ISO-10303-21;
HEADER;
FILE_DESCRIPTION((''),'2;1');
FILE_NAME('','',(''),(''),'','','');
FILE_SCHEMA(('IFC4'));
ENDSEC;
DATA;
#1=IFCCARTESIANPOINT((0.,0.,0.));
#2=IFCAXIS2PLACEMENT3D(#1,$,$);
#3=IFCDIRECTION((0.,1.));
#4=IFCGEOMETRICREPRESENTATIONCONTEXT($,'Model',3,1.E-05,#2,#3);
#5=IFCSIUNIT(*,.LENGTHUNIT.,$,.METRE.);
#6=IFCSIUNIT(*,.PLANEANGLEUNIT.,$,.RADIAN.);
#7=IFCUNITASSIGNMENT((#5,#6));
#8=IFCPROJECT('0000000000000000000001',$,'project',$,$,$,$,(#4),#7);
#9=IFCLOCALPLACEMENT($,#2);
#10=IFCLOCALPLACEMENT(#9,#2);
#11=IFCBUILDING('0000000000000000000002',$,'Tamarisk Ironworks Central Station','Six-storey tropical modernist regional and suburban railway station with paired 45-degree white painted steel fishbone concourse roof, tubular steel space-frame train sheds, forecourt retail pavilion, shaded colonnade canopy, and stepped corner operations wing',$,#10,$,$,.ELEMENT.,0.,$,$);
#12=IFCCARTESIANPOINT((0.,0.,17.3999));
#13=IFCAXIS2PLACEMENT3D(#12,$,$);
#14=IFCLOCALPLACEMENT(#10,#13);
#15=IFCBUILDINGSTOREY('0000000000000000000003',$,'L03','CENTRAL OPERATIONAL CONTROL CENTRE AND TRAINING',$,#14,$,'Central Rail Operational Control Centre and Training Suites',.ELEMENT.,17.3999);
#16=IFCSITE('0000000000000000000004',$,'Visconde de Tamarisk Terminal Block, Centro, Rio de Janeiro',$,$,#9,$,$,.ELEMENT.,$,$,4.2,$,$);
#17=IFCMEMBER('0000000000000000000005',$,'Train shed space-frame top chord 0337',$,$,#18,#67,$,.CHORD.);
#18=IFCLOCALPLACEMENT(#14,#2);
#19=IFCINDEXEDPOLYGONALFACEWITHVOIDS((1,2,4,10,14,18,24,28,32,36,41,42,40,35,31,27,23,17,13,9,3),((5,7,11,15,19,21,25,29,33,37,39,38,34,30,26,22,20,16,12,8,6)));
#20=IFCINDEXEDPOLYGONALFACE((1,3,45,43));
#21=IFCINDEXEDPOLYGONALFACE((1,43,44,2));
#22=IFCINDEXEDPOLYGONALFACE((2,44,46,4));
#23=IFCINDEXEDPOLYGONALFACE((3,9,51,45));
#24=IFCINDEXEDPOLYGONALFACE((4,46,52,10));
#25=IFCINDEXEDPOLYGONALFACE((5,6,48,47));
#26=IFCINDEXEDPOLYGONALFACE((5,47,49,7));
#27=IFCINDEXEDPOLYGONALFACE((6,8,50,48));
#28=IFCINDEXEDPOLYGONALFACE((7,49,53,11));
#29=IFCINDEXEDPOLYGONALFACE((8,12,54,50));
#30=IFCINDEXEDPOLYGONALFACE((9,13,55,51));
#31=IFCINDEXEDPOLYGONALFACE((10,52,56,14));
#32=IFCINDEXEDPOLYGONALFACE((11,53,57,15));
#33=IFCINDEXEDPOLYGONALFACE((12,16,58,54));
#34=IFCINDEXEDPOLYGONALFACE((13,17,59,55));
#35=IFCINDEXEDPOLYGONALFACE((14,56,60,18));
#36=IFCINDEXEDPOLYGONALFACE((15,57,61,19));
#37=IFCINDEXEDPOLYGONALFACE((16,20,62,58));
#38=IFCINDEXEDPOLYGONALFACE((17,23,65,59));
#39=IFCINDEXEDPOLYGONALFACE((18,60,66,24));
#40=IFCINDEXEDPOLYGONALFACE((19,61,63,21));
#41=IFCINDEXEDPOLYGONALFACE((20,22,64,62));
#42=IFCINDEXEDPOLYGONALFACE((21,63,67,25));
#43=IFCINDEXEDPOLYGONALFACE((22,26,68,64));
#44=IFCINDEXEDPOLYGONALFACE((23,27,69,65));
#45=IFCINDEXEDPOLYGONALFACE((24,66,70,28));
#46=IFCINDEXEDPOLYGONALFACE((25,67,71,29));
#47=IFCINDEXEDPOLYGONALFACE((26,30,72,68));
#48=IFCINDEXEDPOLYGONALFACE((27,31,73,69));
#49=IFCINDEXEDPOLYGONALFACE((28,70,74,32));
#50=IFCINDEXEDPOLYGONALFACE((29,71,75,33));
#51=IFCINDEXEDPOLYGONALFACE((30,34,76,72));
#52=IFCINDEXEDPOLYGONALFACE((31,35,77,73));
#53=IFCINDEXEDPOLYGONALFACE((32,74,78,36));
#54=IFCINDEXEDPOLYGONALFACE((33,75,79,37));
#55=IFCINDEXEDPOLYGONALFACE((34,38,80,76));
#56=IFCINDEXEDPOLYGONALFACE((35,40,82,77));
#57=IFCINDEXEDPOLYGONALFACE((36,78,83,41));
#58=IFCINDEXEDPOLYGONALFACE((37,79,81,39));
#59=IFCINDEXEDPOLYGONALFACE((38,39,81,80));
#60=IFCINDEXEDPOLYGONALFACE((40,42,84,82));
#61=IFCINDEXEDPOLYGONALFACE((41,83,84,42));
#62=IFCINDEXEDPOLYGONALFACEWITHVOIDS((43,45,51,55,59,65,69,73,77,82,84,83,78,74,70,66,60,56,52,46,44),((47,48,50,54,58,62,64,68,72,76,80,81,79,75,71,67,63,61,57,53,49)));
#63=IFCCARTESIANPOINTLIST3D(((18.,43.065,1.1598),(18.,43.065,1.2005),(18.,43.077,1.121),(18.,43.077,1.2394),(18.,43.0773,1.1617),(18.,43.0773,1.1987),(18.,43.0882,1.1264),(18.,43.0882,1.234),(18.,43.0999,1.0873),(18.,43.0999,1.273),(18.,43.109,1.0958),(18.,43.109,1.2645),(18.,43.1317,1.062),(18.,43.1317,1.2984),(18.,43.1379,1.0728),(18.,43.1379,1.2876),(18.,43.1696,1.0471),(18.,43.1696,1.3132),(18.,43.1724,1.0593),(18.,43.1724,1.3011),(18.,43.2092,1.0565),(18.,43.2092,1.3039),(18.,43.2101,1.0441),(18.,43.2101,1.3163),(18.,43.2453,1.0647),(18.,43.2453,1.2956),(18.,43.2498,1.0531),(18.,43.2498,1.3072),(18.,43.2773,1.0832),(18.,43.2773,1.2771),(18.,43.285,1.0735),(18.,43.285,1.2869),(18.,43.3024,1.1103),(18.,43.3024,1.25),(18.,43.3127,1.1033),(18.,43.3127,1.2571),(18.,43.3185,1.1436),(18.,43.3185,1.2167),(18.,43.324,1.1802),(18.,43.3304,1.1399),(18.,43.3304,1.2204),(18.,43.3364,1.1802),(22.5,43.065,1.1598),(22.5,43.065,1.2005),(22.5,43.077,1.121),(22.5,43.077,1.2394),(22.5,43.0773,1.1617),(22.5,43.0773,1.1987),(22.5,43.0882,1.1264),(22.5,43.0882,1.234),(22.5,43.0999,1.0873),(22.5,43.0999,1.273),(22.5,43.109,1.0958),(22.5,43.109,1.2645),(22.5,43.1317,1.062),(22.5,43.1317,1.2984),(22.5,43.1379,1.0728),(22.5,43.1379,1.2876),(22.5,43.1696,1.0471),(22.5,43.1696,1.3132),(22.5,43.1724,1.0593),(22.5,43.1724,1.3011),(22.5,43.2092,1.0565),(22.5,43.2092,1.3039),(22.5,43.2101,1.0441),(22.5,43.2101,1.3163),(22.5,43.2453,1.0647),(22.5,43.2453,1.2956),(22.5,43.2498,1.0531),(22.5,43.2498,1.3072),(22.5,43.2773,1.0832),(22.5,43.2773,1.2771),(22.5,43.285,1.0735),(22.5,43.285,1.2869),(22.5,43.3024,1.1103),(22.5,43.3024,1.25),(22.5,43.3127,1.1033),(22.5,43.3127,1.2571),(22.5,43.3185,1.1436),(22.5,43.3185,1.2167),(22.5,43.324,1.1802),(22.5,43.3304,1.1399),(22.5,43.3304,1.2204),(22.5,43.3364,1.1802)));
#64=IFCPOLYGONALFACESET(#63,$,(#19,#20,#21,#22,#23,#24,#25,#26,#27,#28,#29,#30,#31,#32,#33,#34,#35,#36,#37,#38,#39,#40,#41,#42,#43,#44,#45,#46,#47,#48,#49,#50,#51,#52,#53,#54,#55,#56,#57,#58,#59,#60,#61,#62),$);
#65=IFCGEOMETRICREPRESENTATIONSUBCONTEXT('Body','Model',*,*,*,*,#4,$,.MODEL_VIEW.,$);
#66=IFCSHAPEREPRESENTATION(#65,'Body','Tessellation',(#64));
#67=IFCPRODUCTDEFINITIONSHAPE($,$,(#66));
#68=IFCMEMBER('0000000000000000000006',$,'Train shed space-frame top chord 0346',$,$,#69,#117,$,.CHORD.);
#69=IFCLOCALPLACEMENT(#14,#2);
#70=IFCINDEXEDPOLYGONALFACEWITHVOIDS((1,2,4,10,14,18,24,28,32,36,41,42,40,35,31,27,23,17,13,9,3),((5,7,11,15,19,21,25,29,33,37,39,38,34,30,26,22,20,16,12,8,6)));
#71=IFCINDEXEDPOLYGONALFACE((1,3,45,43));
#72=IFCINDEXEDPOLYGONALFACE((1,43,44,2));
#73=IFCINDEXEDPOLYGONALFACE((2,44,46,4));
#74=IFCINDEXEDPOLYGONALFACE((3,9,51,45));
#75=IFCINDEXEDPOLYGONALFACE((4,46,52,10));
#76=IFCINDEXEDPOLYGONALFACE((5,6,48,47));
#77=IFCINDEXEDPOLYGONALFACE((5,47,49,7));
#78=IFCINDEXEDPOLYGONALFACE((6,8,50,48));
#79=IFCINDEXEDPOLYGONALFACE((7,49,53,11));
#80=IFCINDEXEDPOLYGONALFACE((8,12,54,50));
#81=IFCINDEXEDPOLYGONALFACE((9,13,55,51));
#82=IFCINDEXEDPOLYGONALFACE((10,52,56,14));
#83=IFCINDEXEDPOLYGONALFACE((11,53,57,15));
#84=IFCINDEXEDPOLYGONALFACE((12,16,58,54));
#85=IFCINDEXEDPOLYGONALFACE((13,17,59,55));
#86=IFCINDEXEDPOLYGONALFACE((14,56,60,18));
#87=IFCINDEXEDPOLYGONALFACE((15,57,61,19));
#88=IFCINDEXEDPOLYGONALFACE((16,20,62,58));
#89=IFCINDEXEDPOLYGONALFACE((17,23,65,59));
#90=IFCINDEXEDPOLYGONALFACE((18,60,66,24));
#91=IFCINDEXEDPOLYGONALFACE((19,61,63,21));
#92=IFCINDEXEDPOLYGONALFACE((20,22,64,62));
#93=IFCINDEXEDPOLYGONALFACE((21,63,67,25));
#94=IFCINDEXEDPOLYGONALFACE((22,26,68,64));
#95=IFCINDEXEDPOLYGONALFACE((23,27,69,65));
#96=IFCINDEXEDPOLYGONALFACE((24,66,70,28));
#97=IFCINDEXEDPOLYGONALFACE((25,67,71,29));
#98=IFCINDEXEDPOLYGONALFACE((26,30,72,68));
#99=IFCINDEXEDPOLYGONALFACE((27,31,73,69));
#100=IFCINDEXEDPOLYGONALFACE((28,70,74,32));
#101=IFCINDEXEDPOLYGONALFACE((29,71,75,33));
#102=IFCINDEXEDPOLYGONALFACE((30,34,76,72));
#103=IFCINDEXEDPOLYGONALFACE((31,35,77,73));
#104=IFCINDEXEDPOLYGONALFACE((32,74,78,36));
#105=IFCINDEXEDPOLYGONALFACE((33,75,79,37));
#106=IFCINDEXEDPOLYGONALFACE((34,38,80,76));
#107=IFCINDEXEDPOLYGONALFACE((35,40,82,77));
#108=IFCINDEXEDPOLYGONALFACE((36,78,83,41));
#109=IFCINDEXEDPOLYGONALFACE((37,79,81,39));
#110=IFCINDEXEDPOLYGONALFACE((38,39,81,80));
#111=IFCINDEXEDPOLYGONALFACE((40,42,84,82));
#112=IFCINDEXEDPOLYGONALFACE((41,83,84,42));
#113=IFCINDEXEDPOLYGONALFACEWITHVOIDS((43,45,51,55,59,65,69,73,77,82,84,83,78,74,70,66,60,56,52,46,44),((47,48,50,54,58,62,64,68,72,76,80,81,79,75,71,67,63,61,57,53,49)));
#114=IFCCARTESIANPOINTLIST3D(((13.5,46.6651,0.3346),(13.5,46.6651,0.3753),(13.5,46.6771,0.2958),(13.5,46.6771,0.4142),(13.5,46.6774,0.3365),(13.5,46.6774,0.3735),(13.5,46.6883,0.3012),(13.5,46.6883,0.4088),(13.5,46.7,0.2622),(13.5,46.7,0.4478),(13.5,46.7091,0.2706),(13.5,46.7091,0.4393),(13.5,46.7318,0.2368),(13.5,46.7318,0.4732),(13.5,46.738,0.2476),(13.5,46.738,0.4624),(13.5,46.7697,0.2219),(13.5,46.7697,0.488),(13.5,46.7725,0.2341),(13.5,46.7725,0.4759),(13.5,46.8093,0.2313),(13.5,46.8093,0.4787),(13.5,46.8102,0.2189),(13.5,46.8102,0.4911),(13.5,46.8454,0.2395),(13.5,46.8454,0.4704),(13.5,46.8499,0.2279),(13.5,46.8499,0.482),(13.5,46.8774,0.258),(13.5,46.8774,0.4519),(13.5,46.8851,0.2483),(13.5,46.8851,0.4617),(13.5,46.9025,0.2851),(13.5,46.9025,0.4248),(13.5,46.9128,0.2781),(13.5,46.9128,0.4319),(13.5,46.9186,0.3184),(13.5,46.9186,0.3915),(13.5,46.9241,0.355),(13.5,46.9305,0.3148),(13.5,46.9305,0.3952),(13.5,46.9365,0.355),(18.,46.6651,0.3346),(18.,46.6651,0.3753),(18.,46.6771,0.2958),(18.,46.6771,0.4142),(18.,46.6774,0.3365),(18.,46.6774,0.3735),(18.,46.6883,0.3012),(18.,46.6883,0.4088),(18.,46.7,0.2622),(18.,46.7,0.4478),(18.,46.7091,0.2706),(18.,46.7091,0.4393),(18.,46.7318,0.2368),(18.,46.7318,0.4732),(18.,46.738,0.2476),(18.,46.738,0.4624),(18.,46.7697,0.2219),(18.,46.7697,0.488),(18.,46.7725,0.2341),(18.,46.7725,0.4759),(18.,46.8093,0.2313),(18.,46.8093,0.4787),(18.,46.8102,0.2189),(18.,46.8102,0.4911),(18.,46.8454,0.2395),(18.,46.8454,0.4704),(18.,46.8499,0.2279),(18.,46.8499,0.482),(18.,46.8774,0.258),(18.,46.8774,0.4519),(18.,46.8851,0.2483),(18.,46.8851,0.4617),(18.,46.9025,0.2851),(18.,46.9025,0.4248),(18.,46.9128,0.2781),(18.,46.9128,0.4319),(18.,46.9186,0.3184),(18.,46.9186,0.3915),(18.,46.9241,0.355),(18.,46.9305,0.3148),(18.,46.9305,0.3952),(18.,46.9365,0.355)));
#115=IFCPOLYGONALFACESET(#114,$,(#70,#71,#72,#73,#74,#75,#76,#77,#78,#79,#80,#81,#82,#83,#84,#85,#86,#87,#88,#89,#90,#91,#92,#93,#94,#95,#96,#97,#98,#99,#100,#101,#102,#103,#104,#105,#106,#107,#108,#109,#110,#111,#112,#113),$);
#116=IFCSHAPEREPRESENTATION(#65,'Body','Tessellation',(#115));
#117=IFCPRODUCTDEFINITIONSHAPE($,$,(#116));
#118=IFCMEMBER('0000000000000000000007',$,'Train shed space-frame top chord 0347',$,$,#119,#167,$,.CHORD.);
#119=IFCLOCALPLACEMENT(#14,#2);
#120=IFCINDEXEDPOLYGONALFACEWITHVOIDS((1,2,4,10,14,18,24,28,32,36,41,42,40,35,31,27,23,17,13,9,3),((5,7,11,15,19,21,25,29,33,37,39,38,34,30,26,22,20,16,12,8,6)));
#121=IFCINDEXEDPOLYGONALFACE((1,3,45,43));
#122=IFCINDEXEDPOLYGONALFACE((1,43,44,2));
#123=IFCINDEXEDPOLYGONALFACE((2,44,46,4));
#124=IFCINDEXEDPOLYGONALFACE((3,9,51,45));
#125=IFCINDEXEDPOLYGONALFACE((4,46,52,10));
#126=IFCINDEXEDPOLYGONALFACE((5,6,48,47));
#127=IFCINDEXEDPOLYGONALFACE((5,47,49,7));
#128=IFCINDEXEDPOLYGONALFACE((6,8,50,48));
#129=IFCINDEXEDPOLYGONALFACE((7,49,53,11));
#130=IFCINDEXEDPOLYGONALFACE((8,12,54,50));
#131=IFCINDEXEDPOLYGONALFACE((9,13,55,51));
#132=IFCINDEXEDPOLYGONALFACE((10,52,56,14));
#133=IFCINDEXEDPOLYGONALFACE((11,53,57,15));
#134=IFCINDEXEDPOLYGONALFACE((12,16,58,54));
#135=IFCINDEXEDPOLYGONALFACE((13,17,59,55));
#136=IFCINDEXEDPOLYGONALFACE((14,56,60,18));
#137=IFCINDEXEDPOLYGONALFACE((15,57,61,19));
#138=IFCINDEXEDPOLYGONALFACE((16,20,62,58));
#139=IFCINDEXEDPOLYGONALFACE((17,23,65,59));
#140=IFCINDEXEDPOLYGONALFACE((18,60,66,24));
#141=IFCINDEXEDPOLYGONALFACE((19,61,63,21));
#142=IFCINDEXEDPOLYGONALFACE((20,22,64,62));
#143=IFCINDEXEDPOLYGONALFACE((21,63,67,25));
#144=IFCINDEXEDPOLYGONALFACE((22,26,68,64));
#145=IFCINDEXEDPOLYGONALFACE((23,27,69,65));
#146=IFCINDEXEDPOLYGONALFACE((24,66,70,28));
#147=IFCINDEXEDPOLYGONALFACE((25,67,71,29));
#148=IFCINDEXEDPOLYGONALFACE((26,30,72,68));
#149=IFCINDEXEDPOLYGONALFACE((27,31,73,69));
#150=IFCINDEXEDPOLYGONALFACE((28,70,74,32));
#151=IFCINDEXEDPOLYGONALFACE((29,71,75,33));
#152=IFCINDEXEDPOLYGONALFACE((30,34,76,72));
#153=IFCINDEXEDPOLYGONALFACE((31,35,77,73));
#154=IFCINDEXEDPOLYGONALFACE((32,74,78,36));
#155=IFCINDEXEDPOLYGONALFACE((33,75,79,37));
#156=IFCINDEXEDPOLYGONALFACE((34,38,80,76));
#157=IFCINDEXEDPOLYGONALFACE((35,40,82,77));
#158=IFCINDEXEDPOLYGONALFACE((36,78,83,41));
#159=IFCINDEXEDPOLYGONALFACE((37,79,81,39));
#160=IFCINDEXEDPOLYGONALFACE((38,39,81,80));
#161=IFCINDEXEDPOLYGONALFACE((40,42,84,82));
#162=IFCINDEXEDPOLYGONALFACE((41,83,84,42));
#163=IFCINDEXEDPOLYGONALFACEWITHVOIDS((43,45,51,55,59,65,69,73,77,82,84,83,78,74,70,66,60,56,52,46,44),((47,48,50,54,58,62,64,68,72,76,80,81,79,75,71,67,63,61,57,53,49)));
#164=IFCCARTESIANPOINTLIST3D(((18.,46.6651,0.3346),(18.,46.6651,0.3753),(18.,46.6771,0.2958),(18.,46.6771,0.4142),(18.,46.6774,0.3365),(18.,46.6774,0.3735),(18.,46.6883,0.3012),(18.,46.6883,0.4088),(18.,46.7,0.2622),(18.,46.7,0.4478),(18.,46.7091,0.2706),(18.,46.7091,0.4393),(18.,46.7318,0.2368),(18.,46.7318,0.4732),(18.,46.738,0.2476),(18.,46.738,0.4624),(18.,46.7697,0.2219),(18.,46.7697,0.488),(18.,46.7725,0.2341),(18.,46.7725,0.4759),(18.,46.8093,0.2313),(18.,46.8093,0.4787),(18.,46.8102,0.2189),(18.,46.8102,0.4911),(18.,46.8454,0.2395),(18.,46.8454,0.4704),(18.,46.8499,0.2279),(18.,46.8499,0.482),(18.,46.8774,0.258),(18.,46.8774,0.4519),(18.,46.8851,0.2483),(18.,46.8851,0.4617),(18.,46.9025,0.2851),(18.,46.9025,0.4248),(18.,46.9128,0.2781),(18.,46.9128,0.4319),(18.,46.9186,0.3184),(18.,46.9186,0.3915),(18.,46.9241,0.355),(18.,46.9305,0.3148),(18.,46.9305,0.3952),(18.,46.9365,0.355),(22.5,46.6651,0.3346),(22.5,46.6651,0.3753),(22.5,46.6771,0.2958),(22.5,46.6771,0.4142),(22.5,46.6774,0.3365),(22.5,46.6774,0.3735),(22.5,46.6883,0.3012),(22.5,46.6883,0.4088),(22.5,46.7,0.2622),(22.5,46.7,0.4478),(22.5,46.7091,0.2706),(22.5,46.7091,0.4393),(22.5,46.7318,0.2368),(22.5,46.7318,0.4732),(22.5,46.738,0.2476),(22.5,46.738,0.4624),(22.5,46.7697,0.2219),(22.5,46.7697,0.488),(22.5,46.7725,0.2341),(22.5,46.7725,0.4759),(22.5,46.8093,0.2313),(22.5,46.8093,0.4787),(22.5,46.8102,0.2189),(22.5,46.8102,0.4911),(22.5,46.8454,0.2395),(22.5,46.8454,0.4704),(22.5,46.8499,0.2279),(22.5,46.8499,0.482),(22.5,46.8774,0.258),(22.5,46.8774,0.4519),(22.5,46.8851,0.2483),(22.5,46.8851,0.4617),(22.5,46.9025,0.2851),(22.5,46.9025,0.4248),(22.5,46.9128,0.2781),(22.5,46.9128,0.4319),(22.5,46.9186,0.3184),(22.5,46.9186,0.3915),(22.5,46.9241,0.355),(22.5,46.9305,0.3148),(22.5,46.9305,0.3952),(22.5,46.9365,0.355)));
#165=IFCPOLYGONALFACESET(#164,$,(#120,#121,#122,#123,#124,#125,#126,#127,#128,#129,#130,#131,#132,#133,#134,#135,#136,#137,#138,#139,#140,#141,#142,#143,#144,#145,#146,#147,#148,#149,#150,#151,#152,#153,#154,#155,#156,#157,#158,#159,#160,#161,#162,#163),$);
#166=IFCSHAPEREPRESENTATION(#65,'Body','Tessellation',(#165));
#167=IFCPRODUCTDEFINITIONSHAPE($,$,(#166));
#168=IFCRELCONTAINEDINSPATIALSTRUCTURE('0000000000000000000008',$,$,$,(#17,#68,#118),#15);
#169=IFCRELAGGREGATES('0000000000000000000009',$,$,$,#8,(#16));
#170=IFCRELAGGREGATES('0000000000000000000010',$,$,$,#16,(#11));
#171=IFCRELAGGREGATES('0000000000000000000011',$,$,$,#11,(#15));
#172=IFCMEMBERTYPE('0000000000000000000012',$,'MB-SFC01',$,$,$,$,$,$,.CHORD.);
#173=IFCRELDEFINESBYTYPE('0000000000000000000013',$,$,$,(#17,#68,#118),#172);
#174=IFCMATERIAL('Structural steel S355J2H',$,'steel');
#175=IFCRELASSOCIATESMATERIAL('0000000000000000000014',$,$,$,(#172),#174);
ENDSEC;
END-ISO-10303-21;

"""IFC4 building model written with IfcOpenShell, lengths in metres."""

from ifc_helpers import new_model, si_unit, direction, frame, origin, origin_2d, place, context, subcontext, project, spatial, hollow_circle, extrude, material, material_profile, profile_set, type_object, element, save


model = new_model("IFC4")

# Units and contexts
model_context = context("Model", 3, precision=1e-05, world=origin(), true_north=direction((0.0, 1.0)))
body_context = subcontext(model_context, "Body", "Model", "MODEL_VIEW")
ifc_project = project(units=[si_unit("LENGTHUNIT", "METRE"), si_unit("PLANEANGLEUNIT", "RADIAN")], contexts=[model_context])

# Site, building, storey
site_placement = place(None, origin())
site = spatial("IfcSite", under=ifc_project, at=site_placement, Name="Visconde de Tamarisk Terminal Block, Centro, Rio de Janeiro", CompositionType="ELEMENT", RefElevation=4.2)
building_placement = place(site_placement, origin())
building = spatial("IfcBuilding", under=site, at=building_placement, Name="Tamarisk Ironworks Central Station", Description="Six-storey tropical modernist regional and suburban railway station with paired 45-degree white painted steel fishbone concourse roof, tubular steel space-frame train sheds, forecourt retail pavilion, shaded colonnade canopy, and stepped corner operations wing", CompositionType="ELEMENT", ElevationOfRefHeight=0.0)
storey_placement = place(building_placement, frame((0.0, 0.0, 17.3999)))
storey = spatial("IfcBuildingStorey", under=building, at=storey_placement, Name="L03", Description="CENTRAL OPERATIONAL CONTROL CENTRE AND TRAINING", LongName="Central Rail Operational Control Centre and Training Suites", CompositionType="ELEMENT", Elevation=17.3999)

# Members
ifc_material = material(Name="Structural steel S355J2H", Category="steel")
ifc_material_profile_1 = material_profile(ifc_material, hollow_circle(Radius=0.1365, WallThickness=0.0125, at=origin_2d()), Name="CHS 273x12.5")
ifc_profile_set_1 = profile_set([ifc_material_profile_1], Name="Structural steel S355J2H")
member_type_1 = type_object("IfcMemberType", Name="MB-SFC01", PredefinedType="CHORD", material=ifc_profile_set_1)
for number, where, z_axis, x_axis, name in (
    (1, (18.0, 43.2, 1.1802), (1.0, 0.0, 0.0), (0.0, 1.0, 0.0), "Train shed space-frame top chord 0337"),
    (2, (13.5, 46.8, 0.355), (1.0, 0.0, 0.0), (0.0, 1.0, 0.0), "Train shed space-frame top chord 0346"),
    (3, (18.0, 46.8, 0.355), (1.0, 0.0, 0.0), (0.0, 1.0, 0.0), "Train shed space-frame top chord 0347"),
):
    element("IfcMember", number, at=place(storey_placement, frame(where, z_axis=z_axis, x_axis=x_axis)), inside=storey, type_object=member_type_1, Name=name, PredefinedType="CHORD", context=body_context, shape_type="SweptSolid", body=[
        extrude(hollow_circle(Radius=0.1365, WallThickness=0.0125, at=origin_2d()), origin(), (0.0, 0.0, 1.0), 4.5),
    ])

save(model, "model.ifc")
